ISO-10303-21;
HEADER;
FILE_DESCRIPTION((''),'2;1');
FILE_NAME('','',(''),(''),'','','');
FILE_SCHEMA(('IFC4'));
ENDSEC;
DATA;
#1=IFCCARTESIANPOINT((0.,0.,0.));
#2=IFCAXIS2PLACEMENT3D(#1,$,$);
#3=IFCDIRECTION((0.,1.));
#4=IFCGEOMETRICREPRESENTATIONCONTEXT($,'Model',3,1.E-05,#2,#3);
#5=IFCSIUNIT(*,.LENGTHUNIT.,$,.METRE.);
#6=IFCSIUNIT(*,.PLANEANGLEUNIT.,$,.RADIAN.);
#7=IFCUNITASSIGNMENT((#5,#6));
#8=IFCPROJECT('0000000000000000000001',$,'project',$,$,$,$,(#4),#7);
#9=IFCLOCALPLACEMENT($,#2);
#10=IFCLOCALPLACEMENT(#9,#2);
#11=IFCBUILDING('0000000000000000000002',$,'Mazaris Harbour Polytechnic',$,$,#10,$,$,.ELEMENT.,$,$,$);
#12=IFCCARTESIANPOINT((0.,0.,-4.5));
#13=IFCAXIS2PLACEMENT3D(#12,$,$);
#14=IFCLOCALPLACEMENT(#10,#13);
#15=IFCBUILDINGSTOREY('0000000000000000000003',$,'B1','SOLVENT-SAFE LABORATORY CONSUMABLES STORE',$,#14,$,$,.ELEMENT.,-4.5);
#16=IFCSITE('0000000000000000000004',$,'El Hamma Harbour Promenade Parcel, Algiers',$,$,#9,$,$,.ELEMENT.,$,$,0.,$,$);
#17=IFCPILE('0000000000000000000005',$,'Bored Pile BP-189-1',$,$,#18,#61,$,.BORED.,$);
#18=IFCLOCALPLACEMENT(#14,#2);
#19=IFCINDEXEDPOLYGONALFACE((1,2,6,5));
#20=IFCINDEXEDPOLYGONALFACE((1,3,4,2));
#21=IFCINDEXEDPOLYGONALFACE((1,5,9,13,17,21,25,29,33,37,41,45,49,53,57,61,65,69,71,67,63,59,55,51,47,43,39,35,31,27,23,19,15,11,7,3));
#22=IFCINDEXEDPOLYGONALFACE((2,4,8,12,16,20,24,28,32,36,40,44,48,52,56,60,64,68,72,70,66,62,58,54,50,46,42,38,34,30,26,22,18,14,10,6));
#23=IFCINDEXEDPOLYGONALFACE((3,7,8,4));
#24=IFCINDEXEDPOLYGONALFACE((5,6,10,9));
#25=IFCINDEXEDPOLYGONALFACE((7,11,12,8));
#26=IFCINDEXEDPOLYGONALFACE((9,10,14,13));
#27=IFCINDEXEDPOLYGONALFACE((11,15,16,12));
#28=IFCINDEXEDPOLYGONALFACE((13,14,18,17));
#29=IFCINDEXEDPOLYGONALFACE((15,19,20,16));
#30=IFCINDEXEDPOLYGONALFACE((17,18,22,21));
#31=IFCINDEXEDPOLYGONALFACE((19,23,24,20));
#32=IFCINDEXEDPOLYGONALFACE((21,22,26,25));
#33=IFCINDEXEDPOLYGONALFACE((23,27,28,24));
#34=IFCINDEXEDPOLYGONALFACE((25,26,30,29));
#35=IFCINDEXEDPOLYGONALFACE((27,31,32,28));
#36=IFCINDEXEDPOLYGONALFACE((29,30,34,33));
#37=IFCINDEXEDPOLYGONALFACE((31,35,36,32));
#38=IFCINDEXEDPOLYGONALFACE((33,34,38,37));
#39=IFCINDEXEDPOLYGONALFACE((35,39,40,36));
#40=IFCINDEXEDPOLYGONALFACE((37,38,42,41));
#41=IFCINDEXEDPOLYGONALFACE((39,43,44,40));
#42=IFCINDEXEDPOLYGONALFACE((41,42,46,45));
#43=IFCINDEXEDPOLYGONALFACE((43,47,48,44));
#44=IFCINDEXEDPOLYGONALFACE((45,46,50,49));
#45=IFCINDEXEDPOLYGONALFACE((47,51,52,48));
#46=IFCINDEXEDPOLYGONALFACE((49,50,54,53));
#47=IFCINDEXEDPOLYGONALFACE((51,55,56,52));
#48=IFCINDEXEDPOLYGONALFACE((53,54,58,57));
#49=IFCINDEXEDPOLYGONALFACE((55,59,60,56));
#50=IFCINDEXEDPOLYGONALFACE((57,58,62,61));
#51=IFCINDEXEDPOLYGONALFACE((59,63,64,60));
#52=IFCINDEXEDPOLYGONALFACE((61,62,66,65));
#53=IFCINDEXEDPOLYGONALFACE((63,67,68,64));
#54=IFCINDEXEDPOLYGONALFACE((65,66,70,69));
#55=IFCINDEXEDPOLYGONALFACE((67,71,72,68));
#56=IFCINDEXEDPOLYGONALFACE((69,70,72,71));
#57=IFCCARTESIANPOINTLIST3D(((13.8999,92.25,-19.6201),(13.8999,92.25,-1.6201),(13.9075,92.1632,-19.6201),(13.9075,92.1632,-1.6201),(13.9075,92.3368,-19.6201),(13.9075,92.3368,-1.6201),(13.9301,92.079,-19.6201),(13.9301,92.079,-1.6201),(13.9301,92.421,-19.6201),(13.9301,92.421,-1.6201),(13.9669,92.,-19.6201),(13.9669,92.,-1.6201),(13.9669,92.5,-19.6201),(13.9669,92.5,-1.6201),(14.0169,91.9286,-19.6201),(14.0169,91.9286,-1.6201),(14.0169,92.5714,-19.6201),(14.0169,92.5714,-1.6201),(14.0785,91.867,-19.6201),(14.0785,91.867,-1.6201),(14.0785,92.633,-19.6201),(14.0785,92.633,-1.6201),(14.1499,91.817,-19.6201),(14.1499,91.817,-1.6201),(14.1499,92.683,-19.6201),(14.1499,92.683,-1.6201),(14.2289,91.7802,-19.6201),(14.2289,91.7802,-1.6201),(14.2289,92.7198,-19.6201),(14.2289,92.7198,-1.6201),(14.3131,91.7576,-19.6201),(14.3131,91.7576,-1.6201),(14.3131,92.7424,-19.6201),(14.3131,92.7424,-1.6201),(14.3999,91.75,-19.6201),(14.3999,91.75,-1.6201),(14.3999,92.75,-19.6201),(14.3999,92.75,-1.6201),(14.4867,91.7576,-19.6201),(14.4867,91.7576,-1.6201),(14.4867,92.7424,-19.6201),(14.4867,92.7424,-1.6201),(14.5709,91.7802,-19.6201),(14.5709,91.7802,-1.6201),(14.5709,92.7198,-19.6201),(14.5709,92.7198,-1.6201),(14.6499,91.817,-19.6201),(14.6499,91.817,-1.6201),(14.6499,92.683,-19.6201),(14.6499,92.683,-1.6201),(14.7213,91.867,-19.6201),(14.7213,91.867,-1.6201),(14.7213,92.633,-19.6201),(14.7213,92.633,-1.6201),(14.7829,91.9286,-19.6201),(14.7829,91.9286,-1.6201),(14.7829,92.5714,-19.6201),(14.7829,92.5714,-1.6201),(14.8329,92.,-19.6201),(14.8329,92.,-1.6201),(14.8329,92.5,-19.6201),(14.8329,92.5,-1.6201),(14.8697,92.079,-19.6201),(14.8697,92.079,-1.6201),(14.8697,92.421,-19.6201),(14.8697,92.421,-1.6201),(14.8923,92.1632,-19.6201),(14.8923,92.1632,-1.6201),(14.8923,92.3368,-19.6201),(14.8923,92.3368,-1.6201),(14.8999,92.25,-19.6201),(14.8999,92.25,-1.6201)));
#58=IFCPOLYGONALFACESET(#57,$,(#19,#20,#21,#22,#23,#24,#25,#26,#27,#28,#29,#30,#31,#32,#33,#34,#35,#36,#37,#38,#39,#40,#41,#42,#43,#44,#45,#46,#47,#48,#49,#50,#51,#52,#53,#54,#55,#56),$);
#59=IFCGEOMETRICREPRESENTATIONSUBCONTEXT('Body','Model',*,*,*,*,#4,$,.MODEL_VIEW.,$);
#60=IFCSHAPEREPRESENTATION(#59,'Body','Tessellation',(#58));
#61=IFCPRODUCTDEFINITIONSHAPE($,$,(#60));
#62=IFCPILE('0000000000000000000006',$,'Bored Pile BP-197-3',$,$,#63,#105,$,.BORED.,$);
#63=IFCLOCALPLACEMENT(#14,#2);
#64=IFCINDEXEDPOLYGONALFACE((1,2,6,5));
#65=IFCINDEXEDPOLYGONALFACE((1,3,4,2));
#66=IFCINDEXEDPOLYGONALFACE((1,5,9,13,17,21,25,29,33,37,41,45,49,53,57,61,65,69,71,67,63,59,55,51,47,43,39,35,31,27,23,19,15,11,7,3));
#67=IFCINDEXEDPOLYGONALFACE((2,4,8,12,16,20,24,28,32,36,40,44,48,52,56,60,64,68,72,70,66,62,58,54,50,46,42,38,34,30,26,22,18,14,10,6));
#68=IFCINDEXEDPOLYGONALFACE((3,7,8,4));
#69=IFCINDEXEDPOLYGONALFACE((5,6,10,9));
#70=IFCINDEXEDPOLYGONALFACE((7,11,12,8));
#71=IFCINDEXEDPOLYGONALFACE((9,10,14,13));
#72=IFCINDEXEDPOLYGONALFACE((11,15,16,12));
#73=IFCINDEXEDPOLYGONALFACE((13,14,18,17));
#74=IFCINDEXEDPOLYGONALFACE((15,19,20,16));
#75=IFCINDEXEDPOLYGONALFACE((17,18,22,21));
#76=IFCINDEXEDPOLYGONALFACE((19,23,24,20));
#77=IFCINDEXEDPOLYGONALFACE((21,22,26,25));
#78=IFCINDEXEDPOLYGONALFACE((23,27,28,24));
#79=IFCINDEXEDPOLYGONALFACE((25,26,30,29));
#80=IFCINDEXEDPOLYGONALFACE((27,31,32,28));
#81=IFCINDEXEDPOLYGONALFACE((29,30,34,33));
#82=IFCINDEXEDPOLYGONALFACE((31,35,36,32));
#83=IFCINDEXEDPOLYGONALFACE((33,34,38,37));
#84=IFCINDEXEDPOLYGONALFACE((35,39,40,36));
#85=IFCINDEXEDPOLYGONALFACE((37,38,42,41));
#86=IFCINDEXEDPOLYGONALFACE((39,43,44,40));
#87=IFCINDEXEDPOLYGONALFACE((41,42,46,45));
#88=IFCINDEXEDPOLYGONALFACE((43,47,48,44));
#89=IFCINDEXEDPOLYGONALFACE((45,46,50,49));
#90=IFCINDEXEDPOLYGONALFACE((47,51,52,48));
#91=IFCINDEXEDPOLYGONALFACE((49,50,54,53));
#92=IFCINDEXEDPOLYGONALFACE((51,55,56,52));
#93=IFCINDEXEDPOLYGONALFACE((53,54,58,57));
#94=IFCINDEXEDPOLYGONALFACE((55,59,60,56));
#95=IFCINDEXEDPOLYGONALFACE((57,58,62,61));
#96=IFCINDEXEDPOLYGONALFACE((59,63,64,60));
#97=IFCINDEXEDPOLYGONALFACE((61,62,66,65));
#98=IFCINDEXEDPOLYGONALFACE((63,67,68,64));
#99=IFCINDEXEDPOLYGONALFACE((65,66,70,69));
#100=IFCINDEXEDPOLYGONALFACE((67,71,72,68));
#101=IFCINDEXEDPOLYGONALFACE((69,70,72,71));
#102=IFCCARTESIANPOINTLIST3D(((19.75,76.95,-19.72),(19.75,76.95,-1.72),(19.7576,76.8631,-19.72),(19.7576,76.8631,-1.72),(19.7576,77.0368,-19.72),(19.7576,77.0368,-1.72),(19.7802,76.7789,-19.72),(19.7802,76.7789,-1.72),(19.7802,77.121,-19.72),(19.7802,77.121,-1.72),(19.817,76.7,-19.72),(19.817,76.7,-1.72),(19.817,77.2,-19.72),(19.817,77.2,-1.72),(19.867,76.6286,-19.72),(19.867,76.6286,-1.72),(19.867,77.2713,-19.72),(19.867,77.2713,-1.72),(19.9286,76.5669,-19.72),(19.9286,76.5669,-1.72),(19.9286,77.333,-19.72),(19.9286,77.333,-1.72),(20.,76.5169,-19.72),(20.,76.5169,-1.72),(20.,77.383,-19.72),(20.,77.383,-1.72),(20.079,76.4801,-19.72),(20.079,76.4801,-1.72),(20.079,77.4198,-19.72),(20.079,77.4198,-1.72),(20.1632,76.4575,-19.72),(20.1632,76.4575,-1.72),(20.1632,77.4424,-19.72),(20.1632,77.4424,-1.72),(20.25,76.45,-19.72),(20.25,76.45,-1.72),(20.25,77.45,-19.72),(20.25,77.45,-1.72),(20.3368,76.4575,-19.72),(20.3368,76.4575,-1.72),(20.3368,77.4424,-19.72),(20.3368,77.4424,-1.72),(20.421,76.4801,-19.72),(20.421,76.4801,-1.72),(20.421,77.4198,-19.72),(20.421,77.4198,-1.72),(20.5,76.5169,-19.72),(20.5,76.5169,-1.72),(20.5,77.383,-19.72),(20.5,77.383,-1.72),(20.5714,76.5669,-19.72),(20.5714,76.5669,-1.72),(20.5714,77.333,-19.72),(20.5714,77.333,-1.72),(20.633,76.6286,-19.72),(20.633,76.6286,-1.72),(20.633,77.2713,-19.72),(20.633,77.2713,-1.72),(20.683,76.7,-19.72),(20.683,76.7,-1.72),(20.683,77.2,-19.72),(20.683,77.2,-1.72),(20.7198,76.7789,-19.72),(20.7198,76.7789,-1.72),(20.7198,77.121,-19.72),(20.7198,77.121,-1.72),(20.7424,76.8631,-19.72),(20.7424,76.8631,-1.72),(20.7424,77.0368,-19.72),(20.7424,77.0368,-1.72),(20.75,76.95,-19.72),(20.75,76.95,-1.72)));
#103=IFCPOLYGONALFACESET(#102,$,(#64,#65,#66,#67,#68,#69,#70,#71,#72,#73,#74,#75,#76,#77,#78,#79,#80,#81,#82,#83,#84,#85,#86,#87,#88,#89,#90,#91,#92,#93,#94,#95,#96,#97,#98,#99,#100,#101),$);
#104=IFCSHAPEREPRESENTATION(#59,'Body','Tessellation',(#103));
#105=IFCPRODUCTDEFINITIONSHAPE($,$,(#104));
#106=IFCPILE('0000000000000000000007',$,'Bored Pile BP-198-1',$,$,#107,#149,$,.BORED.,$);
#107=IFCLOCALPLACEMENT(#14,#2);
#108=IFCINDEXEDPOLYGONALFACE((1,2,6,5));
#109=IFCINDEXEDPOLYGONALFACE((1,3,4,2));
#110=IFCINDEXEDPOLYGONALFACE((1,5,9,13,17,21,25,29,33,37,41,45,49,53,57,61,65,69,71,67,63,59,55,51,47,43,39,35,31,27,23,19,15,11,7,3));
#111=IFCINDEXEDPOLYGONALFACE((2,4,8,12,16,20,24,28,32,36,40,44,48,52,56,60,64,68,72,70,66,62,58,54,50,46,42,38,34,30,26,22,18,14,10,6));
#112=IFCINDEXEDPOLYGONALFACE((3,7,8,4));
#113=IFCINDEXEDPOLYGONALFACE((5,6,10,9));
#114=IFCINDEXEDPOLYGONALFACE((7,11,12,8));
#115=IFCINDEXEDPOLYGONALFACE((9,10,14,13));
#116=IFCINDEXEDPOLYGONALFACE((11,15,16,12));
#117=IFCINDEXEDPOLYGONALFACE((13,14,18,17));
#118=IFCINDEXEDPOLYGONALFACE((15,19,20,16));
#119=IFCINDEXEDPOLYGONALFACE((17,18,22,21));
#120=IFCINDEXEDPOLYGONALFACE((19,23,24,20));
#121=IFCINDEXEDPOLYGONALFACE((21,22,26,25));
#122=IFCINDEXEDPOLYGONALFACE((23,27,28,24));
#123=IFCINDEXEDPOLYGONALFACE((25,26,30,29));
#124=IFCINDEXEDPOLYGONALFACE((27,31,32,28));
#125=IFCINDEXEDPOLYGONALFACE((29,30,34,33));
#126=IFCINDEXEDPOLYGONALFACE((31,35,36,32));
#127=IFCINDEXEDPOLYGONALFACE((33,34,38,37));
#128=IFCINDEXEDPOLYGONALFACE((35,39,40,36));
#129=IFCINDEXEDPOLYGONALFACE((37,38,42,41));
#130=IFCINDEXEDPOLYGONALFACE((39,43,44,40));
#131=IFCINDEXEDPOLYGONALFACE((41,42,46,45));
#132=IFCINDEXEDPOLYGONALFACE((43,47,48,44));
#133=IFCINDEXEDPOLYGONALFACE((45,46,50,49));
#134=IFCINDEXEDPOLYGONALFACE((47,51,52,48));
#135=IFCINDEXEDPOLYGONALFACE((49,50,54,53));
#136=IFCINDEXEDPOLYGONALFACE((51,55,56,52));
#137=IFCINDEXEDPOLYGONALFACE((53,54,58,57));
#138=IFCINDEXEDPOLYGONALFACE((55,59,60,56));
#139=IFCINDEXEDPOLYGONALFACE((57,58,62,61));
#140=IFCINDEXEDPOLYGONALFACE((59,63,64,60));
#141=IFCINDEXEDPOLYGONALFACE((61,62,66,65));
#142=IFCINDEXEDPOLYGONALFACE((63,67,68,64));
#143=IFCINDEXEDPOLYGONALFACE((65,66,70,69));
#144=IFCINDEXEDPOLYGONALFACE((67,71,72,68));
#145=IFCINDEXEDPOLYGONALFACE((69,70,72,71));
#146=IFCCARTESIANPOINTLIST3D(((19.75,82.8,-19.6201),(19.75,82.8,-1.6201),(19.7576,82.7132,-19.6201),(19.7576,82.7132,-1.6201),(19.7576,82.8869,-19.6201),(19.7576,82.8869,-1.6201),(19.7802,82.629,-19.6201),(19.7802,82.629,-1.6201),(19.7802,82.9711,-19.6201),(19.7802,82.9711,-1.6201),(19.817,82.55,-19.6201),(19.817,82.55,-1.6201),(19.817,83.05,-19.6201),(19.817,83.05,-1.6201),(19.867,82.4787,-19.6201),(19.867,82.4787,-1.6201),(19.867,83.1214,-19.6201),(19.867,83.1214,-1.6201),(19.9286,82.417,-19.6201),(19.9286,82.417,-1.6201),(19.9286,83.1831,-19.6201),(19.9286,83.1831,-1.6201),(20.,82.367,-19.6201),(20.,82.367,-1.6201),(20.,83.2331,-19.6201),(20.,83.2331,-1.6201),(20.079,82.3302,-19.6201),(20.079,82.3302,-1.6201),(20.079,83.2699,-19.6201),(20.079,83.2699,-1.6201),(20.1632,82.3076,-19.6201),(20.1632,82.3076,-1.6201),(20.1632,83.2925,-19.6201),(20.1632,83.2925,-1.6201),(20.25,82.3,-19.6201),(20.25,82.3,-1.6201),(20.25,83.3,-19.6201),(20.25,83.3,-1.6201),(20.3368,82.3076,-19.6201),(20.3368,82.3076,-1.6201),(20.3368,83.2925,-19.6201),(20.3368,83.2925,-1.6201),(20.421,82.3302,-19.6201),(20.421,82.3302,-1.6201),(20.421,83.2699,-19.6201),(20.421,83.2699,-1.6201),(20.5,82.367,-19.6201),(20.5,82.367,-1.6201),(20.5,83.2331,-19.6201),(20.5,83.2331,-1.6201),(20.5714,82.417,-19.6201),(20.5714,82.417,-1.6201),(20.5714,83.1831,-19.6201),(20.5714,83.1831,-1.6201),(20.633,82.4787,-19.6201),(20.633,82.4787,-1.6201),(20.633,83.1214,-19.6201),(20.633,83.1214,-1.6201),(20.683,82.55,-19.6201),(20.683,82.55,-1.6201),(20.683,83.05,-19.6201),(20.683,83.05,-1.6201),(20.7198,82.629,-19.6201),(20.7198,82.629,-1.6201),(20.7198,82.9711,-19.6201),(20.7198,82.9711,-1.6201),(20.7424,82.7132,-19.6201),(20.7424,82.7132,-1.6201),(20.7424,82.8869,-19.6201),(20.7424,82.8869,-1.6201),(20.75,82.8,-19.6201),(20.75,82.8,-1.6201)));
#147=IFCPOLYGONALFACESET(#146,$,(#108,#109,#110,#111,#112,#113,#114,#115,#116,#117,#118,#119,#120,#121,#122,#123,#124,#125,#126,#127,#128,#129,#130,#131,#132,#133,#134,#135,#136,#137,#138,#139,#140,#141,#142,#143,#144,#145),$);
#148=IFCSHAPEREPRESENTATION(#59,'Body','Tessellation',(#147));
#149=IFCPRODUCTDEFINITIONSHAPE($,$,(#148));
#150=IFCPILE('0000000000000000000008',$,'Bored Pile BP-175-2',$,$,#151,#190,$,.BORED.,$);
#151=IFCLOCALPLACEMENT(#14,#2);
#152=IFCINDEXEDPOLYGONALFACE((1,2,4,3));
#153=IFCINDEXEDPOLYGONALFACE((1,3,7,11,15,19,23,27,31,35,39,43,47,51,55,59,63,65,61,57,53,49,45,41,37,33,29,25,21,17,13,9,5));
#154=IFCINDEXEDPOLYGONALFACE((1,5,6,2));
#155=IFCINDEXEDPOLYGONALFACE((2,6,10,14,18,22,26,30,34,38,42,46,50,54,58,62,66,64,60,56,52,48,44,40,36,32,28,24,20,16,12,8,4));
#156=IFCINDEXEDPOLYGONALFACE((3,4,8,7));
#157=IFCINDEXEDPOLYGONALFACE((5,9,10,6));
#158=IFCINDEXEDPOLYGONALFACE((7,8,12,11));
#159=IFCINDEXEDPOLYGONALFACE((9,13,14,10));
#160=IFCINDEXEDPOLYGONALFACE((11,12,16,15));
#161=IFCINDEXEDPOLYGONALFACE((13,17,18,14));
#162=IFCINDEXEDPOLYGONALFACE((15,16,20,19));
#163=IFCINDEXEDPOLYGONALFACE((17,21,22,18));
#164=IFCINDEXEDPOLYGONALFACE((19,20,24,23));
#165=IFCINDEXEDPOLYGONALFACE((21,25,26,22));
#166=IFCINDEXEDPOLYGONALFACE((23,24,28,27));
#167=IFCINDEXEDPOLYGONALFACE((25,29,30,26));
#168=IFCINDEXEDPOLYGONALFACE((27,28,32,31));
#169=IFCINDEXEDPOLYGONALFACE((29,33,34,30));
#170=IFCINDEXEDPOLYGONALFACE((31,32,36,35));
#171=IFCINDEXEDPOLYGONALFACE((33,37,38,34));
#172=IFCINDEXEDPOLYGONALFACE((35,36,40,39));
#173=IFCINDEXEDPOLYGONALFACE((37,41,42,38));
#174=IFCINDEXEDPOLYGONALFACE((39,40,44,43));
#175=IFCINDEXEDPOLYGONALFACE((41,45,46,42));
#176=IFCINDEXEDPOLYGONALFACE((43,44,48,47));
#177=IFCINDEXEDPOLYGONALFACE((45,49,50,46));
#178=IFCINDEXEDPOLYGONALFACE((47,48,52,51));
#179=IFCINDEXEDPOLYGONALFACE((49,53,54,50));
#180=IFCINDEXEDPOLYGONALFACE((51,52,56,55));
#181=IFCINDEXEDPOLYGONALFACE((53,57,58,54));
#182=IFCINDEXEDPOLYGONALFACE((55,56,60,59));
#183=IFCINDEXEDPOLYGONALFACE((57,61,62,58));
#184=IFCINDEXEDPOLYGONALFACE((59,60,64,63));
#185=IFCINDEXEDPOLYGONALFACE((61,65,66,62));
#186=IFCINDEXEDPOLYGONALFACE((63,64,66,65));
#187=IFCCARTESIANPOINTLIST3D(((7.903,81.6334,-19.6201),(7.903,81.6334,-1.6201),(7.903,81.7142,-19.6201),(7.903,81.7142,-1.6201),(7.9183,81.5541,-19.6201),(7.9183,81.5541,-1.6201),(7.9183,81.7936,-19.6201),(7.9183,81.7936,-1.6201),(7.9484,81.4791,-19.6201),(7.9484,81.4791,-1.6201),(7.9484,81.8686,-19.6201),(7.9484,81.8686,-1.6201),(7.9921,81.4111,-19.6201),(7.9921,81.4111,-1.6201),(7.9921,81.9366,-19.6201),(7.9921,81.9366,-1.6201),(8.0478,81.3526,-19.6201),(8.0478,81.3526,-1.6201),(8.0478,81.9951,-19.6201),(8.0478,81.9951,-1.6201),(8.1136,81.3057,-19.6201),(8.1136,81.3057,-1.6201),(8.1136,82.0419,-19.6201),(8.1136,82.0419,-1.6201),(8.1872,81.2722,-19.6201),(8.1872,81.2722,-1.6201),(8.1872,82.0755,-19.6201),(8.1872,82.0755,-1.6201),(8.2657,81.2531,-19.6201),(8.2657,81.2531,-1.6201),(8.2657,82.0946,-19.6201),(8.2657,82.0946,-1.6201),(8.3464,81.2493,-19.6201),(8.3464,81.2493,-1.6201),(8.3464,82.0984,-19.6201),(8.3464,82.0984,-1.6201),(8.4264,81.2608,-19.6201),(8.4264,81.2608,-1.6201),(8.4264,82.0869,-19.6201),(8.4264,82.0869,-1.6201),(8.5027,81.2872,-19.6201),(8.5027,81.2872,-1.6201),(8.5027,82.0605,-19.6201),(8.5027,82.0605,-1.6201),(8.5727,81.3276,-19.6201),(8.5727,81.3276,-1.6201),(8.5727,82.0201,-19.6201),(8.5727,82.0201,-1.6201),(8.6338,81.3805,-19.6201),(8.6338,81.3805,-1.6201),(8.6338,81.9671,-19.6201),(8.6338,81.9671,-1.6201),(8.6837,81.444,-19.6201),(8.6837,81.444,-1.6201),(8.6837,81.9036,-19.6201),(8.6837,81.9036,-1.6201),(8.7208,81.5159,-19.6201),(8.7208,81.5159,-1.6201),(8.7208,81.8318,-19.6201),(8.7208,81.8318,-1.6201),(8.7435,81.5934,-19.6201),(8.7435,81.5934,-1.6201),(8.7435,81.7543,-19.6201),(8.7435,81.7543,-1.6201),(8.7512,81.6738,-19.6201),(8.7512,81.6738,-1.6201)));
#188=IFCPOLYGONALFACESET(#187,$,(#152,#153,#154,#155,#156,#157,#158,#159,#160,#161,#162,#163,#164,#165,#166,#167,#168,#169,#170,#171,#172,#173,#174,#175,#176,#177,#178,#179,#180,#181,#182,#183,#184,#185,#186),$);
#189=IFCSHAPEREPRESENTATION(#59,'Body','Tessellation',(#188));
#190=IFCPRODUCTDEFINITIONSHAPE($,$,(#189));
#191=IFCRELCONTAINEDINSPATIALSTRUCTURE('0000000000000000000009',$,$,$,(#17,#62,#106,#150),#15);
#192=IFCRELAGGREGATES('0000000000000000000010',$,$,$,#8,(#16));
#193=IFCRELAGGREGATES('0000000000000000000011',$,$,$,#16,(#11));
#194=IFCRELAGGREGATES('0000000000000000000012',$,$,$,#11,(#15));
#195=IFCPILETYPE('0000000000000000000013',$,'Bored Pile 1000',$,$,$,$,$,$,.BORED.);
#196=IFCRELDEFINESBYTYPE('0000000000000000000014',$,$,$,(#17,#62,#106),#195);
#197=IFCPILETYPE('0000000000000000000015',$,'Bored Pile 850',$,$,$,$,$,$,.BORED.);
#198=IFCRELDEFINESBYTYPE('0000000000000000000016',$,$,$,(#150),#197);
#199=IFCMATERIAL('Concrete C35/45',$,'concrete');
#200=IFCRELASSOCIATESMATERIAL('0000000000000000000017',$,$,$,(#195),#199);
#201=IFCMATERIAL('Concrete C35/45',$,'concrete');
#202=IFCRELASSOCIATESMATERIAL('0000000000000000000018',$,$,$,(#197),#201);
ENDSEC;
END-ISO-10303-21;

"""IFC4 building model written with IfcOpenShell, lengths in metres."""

from ifc_helpers import new_model, si_unit, direction, frame, origin, origin_2d, place, context, subcontext, project, spatial, circle, extrude, material, material_profile, profile_set, type_object, element, save


model = new_model("IFC4")

# Units and contexts
model_context = context("Model", 3, precision=1e-05, world=origin(), true_north=direction((0.0, 1.0)))
body_context = subcontext(model_context, "Body", "Model", "MODEL_VIEW")
ifc_project = project(units=[si_unit("LENGTHUNIT", "METRE"), si_unit("PLANEANGLEUNIT", "RADIAN")], contexts=[model_context])

# Site, building, storey
site_placement = place(None, origin())
site = spatial("IfcSite", under=ifc_project, at=site_placement, Name="El Hamma Harbour Promenade Parcel, Algiers", CompositionType="ELEMENT", RefElevation=0.0)
building_placement = place(site_placement, origin())
building = spatial("IfcBuilding", under=site, at=building_placement, Name="Mazaris Harbour Polytechnic", CompositionType="ELEMENT")
storey_placement = place(building_placement, frame((0.0, 0.0, -4.5)))
storey = spatial("IfcBuildingStorey", under=building, at=storey_placement, Name="B1", Description="SOLVENT-SAFE LABORATORY CONSUMABLES STORE", CompositionType="ELEMENT", Elevation=-4.5)

# Piles
ifc_material_1 = material(Name="Concrete C35/45", Category="concrete")
ifc_material_profile_1 = material_profile(ifc_material_1, circle(Radius=0.5, at=origin_2d()), Name="DIA1000")
ifc_profile_set_1 = profile_set([ifc_material_profile_1], Name="Concrete C35/45")
pile_type_1 = type_object("IfcPileType", Name="Bored Pile 1000", PredefinedType="BORED", material=ifc_profile_set_1)
for number, where, z_axis, x_axis, name in (
    (1, (14.3999, 92.25, -1.6201), (0.0, 0.0, -1.0), (1.0, 0.0, 0.0), "Bored Pile BP-189-1"),
    (2, (20.25, 76.95, -1.72), (0.0, 0.0, -1.0), (1.0, 0.0, 0.0), "Bored Pile BP-197-3"),
    (3, (20.25, 82.8, -1.6201), (0.0, 0.0, -1.0), (1.0, 0.0, 0.0), "Bored Pile BP-198-1"),
):
    element("IfcPile", number, at=place(storey_placement, frame(where, z_axis=z_axis, x_axis=x_axis)), inside=storey, type_object=pile_type_1, Name=name, PredefinedType="BORED", context=body_context, shape_type="SweptSolid", body=[
        extrude(circle(Radius=0.5, at=origin_2d()), origin(), (0.0, 0.0, 1.0), 18.0),
    ])
ifc_material_2 = material(Name="Concrete C35/45", Category="concrete")
ifc_material_profile_2 = material_profile(ifc_material_2, circle(Radius=0.425, at=origin_2d()), Name="DIA850")
ifc_profile_set_2 = profile_set([ifc_material_profile_2], Name="Concrete C35/45")
pile_type_2 = type_object("IfcPileType", Name="Bored Pile 850", PredefinedType="BORED", material=ifc_profile_set_2)
for number, where, z_axis, x_axis, name in (
    (4, (8.3262, 81.6738, -1.6201), (0.0, 0.0, -1.0), (1.0, 0.0, 0.0), "Bored Pile BP-175-2"),
):
    element("IfcPile", number, at=place(storey_placement, frame(where, z_axis=z_axis, x_axis=x_axis)), inside=storey, type_object=pile_type_2, Name=name, PredefinedType="BORED", context=body_context, shape_type="SweptSolid", body=[
        extrude(circle(Radius=0.425, at=origin_2d()), origin(), (0.0, 0.0, 1.0), 18.0),
    ])

save(model, "model.ifc")
